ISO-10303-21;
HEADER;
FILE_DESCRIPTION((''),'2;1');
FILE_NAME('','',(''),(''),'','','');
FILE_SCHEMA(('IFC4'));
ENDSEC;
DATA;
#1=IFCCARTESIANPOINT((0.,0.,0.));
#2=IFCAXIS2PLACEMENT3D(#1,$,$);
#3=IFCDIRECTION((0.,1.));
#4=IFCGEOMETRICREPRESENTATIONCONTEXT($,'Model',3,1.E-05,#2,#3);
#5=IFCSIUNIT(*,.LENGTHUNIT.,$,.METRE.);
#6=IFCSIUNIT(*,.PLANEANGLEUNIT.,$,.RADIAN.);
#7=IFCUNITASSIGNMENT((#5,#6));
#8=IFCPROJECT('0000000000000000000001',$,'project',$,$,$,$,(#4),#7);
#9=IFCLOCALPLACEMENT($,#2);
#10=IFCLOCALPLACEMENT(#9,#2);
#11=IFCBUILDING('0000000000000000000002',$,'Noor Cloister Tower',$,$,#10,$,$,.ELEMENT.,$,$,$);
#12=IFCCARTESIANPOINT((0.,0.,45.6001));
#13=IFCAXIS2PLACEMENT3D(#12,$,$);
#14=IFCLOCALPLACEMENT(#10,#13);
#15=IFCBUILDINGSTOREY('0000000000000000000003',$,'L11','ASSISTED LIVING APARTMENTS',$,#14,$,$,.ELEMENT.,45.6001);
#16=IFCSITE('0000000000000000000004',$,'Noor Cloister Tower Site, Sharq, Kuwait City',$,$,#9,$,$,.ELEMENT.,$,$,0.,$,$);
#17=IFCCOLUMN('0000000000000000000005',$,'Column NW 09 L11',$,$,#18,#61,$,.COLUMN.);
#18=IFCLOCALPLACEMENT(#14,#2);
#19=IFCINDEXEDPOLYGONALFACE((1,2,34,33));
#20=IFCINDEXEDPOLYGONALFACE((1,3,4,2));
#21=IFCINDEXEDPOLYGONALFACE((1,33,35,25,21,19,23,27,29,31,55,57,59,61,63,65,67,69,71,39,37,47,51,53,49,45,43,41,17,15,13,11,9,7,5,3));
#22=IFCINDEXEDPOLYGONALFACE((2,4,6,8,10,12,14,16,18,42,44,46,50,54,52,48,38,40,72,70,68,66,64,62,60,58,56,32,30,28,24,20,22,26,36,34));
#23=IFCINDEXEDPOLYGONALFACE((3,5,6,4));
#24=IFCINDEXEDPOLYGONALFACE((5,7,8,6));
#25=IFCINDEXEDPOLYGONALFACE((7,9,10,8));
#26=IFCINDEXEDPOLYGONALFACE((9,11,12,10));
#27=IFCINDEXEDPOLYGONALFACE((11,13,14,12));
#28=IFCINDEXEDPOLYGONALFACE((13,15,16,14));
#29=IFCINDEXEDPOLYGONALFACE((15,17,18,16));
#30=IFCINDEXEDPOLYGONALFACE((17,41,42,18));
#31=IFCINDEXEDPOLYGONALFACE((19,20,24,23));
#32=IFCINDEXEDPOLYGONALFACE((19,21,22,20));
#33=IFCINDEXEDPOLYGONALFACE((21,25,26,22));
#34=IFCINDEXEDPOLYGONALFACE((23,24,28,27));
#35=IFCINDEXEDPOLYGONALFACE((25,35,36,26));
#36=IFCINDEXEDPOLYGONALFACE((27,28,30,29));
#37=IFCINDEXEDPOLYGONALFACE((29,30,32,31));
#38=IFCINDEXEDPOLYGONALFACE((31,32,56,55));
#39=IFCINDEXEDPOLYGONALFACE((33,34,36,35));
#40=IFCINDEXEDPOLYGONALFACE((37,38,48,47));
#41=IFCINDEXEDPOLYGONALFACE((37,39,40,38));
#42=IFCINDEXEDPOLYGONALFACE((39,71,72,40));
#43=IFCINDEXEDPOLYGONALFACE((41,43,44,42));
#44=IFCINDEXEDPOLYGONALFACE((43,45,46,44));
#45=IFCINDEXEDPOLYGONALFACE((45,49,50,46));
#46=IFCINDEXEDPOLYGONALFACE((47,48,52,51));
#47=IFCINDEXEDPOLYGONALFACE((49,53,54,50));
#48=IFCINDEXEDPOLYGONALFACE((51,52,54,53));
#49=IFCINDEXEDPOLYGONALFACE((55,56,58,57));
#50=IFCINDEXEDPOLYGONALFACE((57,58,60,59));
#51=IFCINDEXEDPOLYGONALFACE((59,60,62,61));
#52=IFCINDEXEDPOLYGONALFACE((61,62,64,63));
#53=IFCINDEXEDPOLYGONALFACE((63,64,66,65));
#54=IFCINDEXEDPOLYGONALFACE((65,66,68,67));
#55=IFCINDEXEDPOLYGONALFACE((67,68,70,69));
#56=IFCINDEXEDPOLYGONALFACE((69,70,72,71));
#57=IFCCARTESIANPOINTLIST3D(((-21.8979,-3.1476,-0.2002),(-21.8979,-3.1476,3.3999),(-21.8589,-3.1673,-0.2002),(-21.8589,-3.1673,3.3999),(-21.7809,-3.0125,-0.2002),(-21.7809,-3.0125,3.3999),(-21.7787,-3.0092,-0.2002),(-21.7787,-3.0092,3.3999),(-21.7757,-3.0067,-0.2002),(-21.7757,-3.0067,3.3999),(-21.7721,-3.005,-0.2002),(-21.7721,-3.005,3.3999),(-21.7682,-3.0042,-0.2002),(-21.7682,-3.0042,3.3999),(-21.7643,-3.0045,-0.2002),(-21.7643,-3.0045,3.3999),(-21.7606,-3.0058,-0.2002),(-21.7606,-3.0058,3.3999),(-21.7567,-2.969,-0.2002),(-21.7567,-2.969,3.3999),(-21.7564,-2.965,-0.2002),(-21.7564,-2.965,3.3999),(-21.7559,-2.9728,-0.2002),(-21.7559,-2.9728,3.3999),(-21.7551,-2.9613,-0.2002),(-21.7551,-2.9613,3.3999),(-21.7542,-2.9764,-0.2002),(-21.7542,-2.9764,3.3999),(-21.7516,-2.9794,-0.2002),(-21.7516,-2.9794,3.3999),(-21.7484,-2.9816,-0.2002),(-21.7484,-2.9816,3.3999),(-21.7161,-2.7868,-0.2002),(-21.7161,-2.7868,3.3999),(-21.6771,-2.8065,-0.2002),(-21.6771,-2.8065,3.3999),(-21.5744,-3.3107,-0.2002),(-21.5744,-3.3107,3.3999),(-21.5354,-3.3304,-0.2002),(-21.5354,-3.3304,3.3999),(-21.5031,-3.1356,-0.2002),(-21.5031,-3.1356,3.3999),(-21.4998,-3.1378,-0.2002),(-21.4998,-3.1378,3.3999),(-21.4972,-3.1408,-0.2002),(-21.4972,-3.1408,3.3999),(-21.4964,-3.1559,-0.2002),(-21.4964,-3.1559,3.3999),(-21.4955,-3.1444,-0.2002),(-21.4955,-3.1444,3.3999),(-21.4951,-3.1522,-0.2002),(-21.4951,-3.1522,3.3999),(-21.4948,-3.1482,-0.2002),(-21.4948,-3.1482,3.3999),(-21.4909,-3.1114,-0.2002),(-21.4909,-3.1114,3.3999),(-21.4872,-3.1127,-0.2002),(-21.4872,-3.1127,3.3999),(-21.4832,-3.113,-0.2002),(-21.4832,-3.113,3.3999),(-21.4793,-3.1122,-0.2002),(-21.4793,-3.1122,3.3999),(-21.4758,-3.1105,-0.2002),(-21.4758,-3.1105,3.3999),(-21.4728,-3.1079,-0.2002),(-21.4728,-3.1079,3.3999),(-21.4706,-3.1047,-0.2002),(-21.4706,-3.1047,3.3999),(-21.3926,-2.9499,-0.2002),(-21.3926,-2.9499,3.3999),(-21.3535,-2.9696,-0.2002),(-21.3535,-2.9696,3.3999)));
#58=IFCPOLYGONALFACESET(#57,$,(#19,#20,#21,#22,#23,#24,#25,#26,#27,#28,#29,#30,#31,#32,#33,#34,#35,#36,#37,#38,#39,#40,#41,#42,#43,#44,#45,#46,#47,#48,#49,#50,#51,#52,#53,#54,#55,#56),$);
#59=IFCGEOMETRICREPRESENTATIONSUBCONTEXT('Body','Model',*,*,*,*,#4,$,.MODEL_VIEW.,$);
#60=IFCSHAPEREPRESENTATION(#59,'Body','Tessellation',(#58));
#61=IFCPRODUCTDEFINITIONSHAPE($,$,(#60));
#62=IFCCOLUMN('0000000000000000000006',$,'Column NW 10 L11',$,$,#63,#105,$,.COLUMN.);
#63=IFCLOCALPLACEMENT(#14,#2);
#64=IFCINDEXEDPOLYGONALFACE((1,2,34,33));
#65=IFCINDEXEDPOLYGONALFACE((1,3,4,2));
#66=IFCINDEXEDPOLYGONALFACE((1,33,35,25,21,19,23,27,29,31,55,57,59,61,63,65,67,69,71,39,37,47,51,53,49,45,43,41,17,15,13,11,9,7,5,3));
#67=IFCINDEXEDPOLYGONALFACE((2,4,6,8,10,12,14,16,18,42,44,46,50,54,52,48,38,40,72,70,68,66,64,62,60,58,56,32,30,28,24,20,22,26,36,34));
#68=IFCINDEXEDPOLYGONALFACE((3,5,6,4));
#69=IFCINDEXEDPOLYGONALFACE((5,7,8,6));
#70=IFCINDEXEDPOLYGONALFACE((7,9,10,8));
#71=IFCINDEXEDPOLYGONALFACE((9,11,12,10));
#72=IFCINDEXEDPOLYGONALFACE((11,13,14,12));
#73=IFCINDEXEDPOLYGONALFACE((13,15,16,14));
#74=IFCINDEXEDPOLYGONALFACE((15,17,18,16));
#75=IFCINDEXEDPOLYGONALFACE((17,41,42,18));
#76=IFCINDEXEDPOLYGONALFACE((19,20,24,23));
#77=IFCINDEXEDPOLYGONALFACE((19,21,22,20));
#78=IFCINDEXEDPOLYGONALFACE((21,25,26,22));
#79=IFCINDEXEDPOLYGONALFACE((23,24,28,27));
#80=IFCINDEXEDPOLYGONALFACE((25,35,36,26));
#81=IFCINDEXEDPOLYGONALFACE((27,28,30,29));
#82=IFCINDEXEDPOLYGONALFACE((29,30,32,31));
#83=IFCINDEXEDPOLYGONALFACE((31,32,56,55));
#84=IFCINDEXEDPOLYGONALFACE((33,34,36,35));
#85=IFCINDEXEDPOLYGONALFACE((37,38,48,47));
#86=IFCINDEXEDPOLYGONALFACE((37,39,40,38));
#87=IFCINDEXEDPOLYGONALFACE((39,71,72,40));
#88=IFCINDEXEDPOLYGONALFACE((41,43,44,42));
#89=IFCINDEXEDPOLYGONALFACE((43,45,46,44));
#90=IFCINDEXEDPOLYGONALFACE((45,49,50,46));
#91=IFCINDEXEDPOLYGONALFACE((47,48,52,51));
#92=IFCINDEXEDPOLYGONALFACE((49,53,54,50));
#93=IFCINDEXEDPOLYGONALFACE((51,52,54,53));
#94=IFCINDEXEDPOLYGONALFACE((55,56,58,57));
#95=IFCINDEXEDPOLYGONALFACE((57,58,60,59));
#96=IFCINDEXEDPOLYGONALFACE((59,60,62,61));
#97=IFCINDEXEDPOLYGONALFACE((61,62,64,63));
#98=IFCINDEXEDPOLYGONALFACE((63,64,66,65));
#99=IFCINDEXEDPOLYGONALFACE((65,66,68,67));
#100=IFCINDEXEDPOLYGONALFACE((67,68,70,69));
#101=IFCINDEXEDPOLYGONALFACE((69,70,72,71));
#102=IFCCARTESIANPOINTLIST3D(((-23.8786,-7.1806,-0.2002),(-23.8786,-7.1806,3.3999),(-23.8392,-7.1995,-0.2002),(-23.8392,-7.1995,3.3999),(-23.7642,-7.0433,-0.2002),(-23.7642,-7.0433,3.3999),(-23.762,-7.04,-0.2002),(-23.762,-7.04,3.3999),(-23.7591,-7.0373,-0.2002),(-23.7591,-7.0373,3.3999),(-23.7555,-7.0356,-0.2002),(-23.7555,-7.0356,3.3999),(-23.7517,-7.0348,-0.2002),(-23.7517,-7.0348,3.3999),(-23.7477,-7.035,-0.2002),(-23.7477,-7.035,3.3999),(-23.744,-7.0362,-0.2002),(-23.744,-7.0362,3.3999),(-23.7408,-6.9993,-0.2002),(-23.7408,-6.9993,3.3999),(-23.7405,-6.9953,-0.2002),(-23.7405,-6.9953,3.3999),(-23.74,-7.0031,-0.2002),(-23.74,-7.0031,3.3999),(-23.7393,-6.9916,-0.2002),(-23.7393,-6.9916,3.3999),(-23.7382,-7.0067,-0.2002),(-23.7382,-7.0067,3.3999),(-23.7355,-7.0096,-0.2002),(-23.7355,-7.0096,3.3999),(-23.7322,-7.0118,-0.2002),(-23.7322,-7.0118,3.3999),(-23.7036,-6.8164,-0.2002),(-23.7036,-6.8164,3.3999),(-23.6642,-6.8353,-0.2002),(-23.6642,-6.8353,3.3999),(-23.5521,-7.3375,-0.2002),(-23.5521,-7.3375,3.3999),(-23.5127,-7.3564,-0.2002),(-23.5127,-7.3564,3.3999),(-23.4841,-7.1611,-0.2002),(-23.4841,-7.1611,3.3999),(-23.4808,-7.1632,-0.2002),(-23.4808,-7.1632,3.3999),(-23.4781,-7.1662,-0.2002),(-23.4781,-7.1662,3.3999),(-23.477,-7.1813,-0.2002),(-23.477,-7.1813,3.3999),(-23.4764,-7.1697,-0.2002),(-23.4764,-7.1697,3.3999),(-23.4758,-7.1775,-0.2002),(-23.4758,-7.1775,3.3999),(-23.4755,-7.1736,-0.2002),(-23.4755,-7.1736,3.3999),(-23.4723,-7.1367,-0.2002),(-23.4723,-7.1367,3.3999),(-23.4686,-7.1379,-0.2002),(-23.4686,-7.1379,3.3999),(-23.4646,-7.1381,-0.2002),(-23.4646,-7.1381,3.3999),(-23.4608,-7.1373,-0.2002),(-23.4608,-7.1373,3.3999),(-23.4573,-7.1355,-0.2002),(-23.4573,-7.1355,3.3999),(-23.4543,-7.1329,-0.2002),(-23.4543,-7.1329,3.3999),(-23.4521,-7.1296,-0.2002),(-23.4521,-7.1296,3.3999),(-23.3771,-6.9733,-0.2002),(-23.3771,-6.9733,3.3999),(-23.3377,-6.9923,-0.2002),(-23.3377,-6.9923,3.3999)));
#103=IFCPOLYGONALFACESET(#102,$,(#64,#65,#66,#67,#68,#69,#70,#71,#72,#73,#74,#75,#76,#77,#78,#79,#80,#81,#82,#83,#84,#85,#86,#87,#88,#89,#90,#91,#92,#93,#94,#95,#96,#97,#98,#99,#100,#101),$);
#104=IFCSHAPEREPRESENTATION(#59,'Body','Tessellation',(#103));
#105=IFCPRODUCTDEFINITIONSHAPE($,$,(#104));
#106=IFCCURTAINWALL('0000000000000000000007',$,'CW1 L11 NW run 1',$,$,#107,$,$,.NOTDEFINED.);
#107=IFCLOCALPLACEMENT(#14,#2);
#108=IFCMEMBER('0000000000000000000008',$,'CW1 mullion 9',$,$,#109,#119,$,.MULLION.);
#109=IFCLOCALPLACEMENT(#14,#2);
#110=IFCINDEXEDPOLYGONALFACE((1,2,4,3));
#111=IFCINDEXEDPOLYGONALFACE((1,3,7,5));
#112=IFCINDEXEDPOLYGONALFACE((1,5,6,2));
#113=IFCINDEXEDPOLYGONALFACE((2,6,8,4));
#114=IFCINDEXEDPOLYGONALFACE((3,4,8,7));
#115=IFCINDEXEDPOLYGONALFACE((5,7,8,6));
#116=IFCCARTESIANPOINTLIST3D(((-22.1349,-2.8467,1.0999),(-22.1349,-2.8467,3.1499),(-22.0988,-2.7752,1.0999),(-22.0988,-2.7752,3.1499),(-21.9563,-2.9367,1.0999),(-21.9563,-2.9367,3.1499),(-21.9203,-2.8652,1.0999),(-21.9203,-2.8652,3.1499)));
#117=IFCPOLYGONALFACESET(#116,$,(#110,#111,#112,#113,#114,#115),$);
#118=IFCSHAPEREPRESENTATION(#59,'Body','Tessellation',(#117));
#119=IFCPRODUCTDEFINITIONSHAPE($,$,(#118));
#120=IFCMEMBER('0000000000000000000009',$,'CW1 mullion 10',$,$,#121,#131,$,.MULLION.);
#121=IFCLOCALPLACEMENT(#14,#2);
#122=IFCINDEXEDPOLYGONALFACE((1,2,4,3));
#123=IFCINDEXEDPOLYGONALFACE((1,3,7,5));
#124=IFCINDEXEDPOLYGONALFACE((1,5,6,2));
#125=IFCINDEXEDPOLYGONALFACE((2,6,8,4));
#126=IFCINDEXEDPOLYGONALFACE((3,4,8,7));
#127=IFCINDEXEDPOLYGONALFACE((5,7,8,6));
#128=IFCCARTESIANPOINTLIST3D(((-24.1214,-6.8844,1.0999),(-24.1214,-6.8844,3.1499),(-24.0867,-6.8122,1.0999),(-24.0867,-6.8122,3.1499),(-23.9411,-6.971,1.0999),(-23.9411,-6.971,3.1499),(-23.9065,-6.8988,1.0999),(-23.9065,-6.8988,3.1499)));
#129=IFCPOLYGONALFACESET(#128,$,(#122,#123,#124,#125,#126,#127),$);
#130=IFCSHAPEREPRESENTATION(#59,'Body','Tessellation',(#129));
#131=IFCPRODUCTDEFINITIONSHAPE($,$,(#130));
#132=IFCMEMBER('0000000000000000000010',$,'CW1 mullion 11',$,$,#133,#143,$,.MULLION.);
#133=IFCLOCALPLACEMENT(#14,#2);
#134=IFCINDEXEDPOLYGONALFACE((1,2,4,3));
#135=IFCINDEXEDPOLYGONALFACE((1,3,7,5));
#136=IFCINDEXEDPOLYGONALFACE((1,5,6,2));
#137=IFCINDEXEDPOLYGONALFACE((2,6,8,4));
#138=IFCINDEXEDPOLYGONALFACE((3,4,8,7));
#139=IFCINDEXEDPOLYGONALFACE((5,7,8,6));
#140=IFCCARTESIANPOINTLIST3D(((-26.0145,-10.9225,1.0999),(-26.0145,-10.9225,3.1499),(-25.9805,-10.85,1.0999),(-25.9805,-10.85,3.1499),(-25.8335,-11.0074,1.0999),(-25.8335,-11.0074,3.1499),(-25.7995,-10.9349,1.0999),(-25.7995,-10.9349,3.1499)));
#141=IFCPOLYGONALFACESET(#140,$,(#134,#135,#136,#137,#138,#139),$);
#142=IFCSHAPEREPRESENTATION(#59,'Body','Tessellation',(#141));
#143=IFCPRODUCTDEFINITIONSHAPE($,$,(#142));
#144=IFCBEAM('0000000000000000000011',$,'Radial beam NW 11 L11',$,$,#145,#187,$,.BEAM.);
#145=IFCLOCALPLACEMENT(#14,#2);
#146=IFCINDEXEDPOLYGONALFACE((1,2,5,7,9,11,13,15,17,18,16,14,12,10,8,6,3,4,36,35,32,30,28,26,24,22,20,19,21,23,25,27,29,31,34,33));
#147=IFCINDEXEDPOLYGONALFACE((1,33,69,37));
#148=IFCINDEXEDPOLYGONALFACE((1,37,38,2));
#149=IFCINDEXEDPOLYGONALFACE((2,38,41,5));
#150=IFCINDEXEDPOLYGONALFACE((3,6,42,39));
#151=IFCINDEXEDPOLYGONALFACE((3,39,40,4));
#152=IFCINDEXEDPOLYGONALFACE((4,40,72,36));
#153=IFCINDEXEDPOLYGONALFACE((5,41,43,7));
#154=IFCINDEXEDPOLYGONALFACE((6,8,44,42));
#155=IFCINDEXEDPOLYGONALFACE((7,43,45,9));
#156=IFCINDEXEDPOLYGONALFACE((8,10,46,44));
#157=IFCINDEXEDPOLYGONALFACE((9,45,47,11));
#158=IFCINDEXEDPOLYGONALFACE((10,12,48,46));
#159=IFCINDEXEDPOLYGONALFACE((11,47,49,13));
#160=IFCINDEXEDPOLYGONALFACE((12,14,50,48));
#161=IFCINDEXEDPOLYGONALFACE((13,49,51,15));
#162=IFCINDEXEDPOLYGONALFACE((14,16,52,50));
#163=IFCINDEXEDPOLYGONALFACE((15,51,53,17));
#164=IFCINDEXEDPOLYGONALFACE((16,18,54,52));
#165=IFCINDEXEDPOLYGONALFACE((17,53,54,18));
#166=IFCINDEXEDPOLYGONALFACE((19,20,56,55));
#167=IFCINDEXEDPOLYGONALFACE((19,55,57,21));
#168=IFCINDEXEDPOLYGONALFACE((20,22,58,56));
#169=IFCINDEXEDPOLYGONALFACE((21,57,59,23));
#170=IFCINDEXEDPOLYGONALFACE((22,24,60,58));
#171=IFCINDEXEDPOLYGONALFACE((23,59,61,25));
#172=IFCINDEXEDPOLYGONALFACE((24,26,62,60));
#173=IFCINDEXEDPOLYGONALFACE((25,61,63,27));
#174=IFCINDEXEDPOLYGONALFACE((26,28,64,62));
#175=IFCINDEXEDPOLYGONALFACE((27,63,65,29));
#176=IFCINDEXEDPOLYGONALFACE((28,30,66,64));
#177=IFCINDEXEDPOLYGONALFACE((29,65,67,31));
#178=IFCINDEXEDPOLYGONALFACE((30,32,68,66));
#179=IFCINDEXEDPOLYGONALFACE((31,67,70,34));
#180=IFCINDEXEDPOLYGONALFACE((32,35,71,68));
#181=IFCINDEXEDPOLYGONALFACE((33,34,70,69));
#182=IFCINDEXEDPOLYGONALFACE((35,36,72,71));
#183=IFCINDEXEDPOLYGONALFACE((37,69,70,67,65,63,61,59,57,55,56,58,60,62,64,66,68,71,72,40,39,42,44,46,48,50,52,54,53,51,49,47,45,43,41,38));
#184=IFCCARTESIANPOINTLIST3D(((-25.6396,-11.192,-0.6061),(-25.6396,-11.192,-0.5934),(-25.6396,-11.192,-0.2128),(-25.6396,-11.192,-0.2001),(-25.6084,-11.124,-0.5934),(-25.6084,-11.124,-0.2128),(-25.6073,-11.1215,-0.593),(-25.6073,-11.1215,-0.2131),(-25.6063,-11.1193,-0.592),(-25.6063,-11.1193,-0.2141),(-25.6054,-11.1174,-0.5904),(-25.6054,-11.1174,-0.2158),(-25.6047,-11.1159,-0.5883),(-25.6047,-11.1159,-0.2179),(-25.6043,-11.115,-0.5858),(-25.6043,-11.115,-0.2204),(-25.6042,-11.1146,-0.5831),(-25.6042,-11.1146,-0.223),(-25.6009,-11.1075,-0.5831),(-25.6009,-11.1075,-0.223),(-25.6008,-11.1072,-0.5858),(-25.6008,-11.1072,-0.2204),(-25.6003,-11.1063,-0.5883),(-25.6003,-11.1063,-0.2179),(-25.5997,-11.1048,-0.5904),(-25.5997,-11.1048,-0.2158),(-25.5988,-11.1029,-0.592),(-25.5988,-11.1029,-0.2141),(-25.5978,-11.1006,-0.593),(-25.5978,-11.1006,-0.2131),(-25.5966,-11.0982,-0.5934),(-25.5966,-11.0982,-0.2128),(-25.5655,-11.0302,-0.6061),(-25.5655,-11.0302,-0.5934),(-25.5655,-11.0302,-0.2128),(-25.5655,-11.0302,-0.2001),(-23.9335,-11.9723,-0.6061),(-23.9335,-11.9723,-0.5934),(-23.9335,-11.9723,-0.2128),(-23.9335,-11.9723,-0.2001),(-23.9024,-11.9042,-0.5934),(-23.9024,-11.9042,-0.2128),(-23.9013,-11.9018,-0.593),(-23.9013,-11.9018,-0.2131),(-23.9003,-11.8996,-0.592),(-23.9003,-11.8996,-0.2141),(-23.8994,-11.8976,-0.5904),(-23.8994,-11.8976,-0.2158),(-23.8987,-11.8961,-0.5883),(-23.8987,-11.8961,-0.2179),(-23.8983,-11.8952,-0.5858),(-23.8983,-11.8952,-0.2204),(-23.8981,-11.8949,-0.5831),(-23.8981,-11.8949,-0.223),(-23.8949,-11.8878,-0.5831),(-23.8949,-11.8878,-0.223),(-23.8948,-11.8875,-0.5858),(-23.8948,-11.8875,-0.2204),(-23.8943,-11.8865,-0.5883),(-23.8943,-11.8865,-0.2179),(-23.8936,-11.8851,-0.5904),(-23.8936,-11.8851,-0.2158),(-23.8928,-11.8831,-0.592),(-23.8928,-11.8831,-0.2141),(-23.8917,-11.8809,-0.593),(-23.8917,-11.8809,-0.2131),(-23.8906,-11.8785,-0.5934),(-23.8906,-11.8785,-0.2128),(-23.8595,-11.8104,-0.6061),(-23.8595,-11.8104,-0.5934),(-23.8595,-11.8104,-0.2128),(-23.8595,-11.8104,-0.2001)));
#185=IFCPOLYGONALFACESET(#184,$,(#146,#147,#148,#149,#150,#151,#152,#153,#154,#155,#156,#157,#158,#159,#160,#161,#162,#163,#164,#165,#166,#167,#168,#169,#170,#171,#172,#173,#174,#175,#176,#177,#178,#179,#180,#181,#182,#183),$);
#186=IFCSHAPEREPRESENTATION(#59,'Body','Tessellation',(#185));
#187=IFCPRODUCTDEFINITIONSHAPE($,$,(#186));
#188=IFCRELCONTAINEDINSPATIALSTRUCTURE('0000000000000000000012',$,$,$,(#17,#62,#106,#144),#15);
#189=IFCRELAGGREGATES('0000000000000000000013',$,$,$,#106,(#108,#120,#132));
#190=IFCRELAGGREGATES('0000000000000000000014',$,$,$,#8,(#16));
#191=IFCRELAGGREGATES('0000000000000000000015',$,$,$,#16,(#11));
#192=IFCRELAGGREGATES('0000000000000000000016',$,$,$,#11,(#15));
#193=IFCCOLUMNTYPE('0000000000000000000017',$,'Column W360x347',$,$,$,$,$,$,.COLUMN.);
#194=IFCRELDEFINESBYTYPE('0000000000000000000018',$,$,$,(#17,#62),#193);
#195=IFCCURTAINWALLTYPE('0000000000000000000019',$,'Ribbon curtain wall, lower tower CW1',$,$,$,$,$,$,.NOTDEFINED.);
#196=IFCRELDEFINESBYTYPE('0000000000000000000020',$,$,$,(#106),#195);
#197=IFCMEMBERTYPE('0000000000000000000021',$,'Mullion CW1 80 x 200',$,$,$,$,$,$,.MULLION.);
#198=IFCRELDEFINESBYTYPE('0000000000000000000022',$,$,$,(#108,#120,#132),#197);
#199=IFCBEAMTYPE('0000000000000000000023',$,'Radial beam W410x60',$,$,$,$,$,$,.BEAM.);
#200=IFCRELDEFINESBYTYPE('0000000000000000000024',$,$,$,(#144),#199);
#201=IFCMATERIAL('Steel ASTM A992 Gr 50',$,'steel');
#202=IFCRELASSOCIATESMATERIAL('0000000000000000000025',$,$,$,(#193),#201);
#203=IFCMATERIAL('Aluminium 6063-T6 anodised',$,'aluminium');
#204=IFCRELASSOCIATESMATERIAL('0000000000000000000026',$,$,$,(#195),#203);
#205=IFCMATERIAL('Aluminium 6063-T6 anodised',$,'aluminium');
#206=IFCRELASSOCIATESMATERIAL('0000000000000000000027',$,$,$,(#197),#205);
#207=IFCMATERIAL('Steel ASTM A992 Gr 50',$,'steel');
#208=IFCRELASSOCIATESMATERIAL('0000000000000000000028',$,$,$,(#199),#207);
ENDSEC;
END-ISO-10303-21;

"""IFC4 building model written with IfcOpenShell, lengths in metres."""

from ifc_helpers import new_model, si_unit, direction, frame, origin, origin_2d, place, context, subcontext, project, spatial, rectangle, i_section, extrude, material, material_profile, profile_set, type_object, element, aggregate, save


model = new_model("IFC4")

# Units and contexts
model_context = context("Model", 3, precision=1e-05, world=origin(), true_north=direction((0.0, 1.0)))
body_context = subcontext(model_context, "Body", "Model", "MODEL_VIEW")
ifc_project = project(units=[si_unit("LENGTHUNIT", "METRE"), si_unit("PLANEANGLEUNIT", "RADIAN")], contexts=[model_context])

# Site, building, storey
site_placement = place(None, origin())
site = spatial("IfcSite", under=ifc_project, at=site_placement, Name="Noor Cloister Tower Site, Sharq, Kuwait City", CompositionType="ELEMENT", RefElevation=0.0)
building_placement = place(site_placement, origin())
building = spatial("IfcBuilding", under=site, at=building_placement, Name="Noor Cloister Tower", CompositionType="ELEMENT")
storey_placement = place(building_placement, frame((0.0, 0.0, 45.6001)))
storey = spatial("IfcBuildingStorey", under=building, at=storey_placement, Name="L11", Description="ASSISTED LIVING APARTMENTS", CompositionType="ELEMENT", Elevation=45.6001)

# Columns
ifc_material_1 = material(Name="Steel ASTM A992 Gr 50", Category="steel")
ifc_material_profile_1 = material_profile(ifc_material_1, i_section(OverallWidth=0.4041, OverallDepth=0.406, WebThickness=0.0271, FlangeThickness=0.0437, FilletRadius=0.0151, at=origin_2d()), Name="W360x347")
ifc_profile_set_1 = profile_set([ifc_material_profile_1], Name="Steel ASTM A992 Gr 50")
column_type = type_object("IfcColumnType", Name="Column W360x347", PredefinedType="COLUMN", material=ifc_profile_set_1)
for number, where, z_axis, x_axis, name in (
    (1, (-21.6257, -3.0586, -0.2002), (0.0, 0.0, 1.0), (-0.450077, -0.89299, 0.0), "Column NW 09 L11"),
    (2, (-23.6082, -7.0864, -0.2002), (0.0, 0.0, 1.0), (-0.433105, -0.901343, 0.0), "Column NW 10 L11"),
):
    element("IfcColumn", number, at=place(storey_placement, frame(where, z_axis=z_axis, x_axis=x_axis)), inside=storey, type_object=column_type, Name=name, PredefinedType="COLUMN", context=body_context, shape_type="SweptSolid", body=[
        extrude(i_section(OverallWidth=0.4041, OverallDepth=0.406, WebThickness=0.0271, FlangeThickness=0.0437, FilletRadius=0.0151, at=origin_2d()), origin(), (0.0, 0.0, 1.0), 3.6001),
    ])

# Curtain wall, members
ifc_material_2 = material(Name="Aluminium 6063-T6 anodised", Category="aluminium")
curtain_wall_type = type_object("IfcCurtainWallType", Name="Ribbon curtain wall, lower tower CW1", PredefinedType="NOTDEFINED", material=ifc_material_2)
curtain_wall_placement = place(storey_placement, origin())
curtain_wall = element("IfcCurtainWall", 3, at=curtain_wall_placement, inside=storey, type_object=curtain_wall_type, Name="CW1 L11 NW run 1", PredefinedType="NOTDEFINED")
ifc_material_3 = material(Name="Aluminium 6063-T6 anodised", Category="aluminium")
ifc_material_profile_2 = material_profile(ifc_material_3, rectangle(XDim=0.2, YDim=0.0801, at=origin_2d()), Name="200 x 80 mullion")
ifc_profile_set_2 = profile_set([ifc_material_profile_2], Name="Aluminium 6063-T6 anodised")
member_type = type_object("IfcMemberType", Name="Mullion CW1 80 x 200", PredefinedType="MULLION", material=ifc_profile_set_2)
member_1_placement = place(storey_placement, frame((-22.0276, -2.856, 1.0999), z_axis=(0.0, 0.0, 1.0), x_axis=(0.89299, -0.450077, 0.0)))
member_1 = element("IfcMember", 4, at=member_1_placement, type_object=member_type, Name="CW1 mullion 9", PredefinedType="MULLION", context=body_context, shape_type="SweptSolid", body=[
    extrude(rectangle(XDim=0.2, YDim=0.0801, at=origin_2d()), origin(), (0.0, 0.0, 1.0), 2.05),
])
member_2_placement = place(storey_placement, frame((-24.0139, -6.8916, 1.0999), z_axis=(0.0, 0.0, 1.0), x_axis=(0.901343, -0.433105, 0.0)))
member_2 = element("IfcMember", 5, at=member_2_placement, type_object=member_type, Name="CW1 mullion 10", PredefinedType="MULLION", context=body_context, shape_type="SweptSolid", body=[
    extrude(rectangle(XDim=0.2, YDim=0.0801, at=origin_2d()), origin(), (0.0, 0.0, 1.0), 2.05),
])
member_3_placement = place(storey_placement, frame((-25.907, -10.9287, 1.0999), z_axis=(0.0, 0.0, 1.0), x_axis=(0.905399, -0.424561, 0.0)))
member_3 = element("IfcMember", 6, at=member_3_placement, type_object=member_type, Name="CW1 mullion 11", PredefinedType="MULLION", context=body_context, shape_type="SweptSolid", body=[
    extrude(rectangle(XDim=0.2, YDim=0.0801, at=origin_2d()), origin(), (0.0, 0.0, 1.0), 2.05),
])

# Beam
ifc_material_4 = material(Name="Steel ASTM A992 Gr 50", Category="steel")
ifc_material_profile_3 = material_profile(ifc_material_4, i_section(OverallWidth=0.178, OverallDepth=0.406, WebThickness=0.0078, FlangeThickness=0.0127, FilletRadius=0.0103, at=origin_2d()), Name="W410x60")
ifc_profile_set_3 = profile_set([ifc_material_profile_3], Name="Steel ASTM A992 Gr 50")
beam_type_1 = type_object("IfcBeamType", Name="Radial beam W410x60", PredefinedType="BEAM", material=ifc_profile_set_3)
beam_1_placement = place(storey_placement, frame((-25.6025, -11.1111, -0.4031), z_axis=(0.909401, -0.41592, 0.0), x_axis=(0.41592, 0.909401, 0.0)))
element("IfcBeam", 7, at=beam_1_placement, inside=storey, type_object=beam_type_1, Name="Radial beam NW 11 L11", PredefinedType="BEAM", context=body_context, shape_type="SweptSolid", body=[
    extrude(i_section(OverallWidth=0.178, OverallDepth=0.406, WebThickness=0.0078, FlangeThickness=0.0127, FilletRadius=0.0103, at=origin_2d()), origin(), (0.0, 0.0, 1.0), 1.876),
])

aggregate(curtain_wall, [member_1, member_2, member_3])

save(model, "model.ifc")
